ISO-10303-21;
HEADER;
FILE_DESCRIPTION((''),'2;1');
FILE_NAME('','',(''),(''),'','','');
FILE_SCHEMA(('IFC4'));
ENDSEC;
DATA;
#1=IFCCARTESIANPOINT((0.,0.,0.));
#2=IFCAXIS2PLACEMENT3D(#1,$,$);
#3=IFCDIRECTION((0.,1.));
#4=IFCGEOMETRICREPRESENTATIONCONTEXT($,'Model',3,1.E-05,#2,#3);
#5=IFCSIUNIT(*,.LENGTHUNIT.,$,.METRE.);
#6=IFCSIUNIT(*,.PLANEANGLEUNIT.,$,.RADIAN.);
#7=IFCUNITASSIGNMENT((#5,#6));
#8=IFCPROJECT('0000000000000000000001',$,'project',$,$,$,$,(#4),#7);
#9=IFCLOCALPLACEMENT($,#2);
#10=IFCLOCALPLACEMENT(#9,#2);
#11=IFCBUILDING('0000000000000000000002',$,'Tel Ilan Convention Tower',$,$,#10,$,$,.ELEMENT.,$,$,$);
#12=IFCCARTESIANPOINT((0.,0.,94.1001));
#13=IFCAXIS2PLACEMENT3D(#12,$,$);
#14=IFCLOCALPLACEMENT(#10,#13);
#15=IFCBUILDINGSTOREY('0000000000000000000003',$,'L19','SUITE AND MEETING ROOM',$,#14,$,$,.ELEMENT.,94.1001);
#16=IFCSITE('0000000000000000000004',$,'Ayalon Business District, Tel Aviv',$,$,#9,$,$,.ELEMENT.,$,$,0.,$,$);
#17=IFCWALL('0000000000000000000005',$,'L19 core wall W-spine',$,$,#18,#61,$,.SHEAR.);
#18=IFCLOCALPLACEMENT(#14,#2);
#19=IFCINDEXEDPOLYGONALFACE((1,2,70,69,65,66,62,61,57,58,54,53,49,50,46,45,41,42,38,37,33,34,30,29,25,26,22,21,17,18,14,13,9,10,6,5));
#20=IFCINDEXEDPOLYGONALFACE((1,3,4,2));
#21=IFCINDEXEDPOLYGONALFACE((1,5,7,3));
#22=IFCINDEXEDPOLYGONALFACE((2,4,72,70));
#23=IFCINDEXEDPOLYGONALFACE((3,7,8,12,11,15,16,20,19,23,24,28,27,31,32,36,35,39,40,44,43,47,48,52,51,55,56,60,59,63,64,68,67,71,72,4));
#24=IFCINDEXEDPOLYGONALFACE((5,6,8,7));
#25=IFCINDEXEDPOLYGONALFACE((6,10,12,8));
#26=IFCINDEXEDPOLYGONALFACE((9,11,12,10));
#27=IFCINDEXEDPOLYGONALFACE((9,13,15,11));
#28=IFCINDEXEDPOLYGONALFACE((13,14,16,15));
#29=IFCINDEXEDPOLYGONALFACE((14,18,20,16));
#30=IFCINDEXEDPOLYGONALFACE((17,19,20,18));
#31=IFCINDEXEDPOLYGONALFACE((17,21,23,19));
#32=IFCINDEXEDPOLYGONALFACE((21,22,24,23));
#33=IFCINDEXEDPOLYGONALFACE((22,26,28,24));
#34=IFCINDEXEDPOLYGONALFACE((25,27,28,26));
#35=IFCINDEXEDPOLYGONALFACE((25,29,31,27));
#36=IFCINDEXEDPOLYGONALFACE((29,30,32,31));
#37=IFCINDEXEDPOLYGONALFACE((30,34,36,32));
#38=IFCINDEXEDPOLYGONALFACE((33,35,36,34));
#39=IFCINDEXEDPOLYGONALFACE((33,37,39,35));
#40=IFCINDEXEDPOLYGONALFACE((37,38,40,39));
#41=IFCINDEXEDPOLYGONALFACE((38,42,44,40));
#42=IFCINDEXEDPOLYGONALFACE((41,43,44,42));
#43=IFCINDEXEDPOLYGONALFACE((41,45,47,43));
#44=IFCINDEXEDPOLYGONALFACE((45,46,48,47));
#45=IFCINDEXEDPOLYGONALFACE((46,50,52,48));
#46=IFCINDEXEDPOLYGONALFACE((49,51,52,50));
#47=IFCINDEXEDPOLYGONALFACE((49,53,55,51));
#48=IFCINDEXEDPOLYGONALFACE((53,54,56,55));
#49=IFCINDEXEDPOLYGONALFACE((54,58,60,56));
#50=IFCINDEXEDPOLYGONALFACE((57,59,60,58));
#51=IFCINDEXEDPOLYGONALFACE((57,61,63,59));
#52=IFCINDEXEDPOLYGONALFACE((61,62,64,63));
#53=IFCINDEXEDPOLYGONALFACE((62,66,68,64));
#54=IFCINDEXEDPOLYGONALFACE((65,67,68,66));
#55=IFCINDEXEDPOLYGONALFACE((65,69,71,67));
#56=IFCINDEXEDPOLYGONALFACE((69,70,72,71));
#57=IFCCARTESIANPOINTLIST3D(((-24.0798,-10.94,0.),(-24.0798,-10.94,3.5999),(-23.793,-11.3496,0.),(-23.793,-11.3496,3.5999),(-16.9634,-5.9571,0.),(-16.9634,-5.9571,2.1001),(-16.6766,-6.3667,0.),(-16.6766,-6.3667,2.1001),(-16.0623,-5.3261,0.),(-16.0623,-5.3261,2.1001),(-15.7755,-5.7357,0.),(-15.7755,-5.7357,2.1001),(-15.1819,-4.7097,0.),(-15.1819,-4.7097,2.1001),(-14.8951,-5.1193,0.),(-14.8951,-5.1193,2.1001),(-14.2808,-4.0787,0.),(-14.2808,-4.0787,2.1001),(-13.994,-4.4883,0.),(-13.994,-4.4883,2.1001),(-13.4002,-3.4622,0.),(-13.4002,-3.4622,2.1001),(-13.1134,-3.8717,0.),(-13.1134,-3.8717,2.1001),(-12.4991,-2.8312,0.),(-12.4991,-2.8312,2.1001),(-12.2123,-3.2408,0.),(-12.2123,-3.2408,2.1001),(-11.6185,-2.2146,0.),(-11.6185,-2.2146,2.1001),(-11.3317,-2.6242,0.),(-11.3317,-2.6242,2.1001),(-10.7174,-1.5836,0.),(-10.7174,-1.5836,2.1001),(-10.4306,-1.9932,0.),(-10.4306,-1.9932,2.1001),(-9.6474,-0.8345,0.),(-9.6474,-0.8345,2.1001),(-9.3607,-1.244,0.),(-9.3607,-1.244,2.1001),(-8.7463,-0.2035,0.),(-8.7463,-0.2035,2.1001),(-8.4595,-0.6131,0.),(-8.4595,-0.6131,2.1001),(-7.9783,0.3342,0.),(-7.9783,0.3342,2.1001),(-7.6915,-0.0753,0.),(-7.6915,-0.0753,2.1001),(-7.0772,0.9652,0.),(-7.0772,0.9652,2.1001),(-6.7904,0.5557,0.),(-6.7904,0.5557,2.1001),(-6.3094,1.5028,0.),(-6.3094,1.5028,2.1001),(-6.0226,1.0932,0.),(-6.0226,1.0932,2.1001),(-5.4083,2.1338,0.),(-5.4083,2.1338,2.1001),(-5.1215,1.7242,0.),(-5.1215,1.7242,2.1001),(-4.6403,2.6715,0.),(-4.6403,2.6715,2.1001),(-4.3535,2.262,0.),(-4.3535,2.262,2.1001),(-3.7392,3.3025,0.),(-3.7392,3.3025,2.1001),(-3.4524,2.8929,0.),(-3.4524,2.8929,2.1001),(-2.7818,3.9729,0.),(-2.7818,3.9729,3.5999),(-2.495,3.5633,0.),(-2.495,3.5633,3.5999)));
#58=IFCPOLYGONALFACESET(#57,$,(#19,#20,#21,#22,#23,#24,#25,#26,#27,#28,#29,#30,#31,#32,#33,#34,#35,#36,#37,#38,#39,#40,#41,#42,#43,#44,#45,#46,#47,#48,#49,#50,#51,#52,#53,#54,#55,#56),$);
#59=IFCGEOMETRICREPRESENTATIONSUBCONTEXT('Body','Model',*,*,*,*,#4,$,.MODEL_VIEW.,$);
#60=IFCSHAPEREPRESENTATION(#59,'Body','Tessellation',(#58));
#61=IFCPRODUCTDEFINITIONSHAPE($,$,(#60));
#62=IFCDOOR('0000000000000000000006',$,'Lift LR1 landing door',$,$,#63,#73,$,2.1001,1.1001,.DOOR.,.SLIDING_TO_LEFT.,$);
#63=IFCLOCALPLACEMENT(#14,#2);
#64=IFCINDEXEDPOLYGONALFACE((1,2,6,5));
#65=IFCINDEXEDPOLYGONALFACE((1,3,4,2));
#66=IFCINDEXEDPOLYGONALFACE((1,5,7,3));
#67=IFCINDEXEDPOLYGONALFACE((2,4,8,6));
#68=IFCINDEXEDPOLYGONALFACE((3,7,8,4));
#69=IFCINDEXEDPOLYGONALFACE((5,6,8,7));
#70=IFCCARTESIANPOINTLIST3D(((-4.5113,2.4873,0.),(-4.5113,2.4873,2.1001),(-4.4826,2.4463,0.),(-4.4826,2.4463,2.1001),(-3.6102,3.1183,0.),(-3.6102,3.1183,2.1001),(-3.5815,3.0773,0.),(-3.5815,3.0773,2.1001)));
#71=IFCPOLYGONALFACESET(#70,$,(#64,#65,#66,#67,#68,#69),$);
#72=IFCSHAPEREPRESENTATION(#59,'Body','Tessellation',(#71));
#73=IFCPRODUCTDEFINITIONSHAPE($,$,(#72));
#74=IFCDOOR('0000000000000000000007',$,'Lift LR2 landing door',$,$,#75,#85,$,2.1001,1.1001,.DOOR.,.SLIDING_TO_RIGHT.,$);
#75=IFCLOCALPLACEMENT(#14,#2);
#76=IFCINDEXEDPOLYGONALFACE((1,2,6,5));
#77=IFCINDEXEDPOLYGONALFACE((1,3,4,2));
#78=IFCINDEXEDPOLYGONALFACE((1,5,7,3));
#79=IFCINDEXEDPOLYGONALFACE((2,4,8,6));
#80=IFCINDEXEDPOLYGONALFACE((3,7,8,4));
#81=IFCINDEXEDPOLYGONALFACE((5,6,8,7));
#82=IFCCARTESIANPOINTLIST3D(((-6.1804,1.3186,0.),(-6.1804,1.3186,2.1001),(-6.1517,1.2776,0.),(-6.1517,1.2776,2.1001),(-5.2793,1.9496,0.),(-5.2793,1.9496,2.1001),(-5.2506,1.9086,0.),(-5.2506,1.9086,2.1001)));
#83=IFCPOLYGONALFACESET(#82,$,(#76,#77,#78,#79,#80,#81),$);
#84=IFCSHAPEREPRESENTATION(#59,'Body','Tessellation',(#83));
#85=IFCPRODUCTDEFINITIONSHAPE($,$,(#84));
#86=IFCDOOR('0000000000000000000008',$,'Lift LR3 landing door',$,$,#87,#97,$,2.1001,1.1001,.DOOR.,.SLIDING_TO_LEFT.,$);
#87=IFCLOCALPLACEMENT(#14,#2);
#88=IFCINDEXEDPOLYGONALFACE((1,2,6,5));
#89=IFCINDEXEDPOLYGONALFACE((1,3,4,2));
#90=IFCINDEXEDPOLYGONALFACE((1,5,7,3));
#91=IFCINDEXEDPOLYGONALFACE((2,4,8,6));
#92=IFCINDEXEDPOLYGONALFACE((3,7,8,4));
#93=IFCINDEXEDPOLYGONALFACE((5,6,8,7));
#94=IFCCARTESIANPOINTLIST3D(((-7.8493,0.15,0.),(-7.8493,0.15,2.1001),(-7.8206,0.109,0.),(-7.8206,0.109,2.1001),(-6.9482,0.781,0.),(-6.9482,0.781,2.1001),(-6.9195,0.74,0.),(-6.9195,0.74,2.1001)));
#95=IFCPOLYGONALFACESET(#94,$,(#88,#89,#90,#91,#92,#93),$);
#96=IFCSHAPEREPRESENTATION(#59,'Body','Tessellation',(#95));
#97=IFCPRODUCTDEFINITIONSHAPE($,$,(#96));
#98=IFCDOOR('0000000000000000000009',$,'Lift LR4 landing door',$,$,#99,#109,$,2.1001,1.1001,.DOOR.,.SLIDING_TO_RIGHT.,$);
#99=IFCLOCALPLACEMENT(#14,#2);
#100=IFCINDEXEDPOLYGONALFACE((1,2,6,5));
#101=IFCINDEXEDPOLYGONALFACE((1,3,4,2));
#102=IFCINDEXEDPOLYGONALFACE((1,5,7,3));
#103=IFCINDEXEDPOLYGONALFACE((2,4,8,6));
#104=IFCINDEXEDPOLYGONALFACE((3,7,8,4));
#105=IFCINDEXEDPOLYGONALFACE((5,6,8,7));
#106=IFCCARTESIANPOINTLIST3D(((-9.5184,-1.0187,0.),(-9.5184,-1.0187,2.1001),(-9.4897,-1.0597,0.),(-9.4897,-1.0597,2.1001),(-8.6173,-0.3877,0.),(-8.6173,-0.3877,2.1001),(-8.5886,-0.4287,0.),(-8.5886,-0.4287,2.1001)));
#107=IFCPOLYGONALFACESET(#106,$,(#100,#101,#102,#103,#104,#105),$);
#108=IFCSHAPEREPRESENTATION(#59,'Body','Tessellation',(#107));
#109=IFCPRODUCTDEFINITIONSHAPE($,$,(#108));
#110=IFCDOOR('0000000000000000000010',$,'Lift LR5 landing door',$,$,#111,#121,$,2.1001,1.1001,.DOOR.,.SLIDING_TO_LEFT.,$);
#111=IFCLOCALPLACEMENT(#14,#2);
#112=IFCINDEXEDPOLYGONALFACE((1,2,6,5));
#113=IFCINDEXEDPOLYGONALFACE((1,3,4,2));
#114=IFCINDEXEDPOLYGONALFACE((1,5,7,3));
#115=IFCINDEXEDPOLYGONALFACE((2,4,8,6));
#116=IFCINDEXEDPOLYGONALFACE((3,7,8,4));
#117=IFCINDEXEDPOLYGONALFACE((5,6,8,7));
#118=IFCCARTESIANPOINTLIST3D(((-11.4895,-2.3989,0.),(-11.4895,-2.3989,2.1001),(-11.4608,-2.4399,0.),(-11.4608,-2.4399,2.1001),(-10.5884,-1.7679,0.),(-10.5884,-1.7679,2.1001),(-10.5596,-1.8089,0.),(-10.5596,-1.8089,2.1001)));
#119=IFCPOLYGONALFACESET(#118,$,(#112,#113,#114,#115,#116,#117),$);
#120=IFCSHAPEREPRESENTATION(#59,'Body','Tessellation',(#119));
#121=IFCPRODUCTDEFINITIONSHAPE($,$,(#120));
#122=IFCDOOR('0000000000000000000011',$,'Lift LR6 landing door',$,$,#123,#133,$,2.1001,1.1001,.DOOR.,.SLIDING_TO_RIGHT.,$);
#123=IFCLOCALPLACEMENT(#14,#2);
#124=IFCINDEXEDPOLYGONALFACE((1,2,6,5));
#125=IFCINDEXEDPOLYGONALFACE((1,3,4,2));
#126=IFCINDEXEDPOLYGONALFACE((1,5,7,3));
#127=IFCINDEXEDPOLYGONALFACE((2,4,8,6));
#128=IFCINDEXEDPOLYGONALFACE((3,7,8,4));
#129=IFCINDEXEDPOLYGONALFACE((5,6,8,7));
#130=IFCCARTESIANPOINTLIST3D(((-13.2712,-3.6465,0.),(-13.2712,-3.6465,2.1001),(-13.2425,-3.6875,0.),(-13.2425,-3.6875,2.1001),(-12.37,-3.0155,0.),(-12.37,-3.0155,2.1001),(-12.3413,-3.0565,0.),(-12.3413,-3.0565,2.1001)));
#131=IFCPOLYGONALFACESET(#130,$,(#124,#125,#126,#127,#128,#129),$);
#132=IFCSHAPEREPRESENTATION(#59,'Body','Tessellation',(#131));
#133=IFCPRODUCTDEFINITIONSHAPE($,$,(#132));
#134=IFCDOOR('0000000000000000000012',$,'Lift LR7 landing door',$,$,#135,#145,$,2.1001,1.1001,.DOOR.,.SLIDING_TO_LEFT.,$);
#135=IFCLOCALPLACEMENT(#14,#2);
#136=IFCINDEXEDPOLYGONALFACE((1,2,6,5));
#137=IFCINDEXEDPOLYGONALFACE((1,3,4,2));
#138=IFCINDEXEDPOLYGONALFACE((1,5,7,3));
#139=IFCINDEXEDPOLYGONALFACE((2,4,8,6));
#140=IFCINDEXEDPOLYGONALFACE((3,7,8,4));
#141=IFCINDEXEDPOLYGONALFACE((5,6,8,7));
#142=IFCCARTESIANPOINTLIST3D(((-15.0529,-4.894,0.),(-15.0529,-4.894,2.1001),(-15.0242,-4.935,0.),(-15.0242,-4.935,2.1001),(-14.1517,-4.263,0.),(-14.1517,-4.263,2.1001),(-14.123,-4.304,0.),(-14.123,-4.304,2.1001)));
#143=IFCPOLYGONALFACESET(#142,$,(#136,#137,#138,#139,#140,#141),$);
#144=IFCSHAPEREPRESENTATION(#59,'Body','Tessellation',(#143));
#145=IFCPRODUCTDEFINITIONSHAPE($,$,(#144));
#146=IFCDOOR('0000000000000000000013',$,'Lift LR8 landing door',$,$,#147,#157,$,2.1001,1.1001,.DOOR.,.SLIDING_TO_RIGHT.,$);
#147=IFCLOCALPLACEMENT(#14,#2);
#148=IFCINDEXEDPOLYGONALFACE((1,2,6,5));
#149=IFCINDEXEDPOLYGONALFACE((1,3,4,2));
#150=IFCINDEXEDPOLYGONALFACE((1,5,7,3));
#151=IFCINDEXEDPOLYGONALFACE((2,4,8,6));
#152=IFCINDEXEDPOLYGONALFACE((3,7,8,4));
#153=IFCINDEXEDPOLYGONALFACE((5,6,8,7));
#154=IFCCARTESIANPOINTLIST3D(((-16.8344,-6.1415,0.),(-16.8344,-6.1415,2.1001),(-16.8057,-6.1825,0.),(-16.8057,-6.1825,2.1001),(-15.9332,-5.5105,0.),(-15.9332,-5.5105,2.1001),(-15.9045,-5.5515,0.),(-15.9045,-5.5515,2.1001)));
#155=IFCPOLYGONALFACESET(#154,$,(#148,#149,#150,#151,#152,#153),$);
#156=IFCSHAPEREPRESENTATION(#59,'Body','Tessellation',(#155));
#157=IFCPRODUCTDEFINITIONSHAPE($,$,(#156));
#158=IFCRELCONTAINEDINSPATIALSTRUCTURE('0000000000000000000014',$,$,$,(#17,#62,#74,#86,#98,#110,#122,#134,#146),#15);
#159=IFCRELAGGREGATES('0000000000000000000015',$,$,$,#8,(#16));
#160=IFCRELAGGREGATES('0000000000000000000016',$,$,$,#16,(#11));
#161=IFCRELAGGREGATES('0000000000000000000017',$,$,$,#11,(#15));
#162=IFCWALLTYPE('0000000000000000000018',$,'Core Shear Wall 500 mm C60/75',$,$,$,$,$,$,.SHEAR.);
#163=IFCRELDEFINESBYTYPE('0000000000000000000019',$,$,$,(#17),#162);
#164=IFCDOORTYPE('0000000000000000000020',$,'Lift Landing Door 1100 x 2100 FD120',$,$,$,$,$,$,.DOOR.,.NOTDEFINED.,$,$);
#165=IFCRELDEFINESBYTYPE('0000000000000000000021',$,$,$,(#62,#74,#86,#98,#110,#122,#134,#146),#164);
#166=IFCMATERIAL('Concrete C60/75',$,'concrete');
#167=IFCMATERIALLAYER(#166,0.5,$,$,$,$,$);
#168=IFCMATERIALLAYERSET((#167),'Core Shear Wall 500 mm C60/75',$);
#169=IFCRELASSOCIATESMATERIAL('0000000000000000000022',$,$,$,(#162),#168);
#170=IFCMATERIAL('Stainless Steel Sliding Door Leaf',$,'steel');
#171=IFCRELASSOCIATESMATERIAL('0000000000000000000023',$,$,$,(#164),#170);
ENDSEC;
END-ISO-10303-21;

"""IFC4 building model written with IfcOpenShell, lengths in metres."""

from ifc_helpers import new_model, si_unit, direction, frame, frame_2d, origin, place, context, subcontext, project, spatial, polyline, rectangle, outline, extrude, material, layer, layer_set, type_object, element, fill, save


model = new_model("IFC4")

# Units and contexts
model_context = context("Model", 3, precision=1e-05, world=origin(), true_north=direction((0.0, 1.0)))
body_context = subcontext(model_context, "Body", "Model", "MODEL_VIEW")
ifc_project = project(units=[si_unit("LENGTHUNIT", "METRE"), si_unit("PLANEANGLEUNIT", "RADIAN")], contexts=[model_context])

# Site, building, storey
site_placement = place(None, origin())
site = spatial("IfcSite", under=ifc_project, at=site_placement, Name="Ayalon Business District, Tel Aviv", CompositionType="ELEMENT", RefElevation=0.0)
building_placement = place(site_placement, origin())
building = spatial("IfcBuilding", under=site, at=building_placement, Name="Tel Ilan Convention Tower", CompositionType="ELEMENT")
storey_placement = place(building_placement, frame((0.0, 0.0, 94.1001)))
storey = spatial("IfcBuildingStorey", under=building, at=storey_placement, Name="L19", Description="SUITE AND MEETING ROOM", CompositionType="ELEMENT", Elevation=94.1001)

# Wall, openings, doors
ifc_material_1 = material(Name="Concrete C60/75", Category="concrete")
ifc_layer_1 = layer(ifc_material_1, 0.5)
ifc_layer_set_1 = layer_set([ifc_layer_1], Name="Core Shear Wall 500 mm C60/75")
wall_type_1 = type_object("IfcWallType", Name="Core Shear Wall 500 mm C60/75", PredefinedType="SHEAR", material=ifc_layer_set_1)
wall_1_placement = place(storey_placement, frame((-2.6384, 3.7681, 0.0), z_axis=(0.0, 0.0, 1.0), x_axis=(-0.819149, -0.573581, 0.0)))
wall_1 = element("IfcWall", 1, at=wall_1_placement, inside=storey, type_object=wall_type_1, Name="L19 core wall W-spine", PredefinedType="SHEAR", context=body_context, shape_type="SweptSolid", body=[
    extrude(outline(polyline([(26.0, 0.2498), (0.0, 0.25), (0.0, -0.25), (26.0, -0.2502), (26.0, 0.2498)])), origin(), (0.0, 0.0, 1.0), 3.5999),
])
opening_1_placement = place(wall_1_placement, frame((1.1687, 0.0, 0.0)))
opening_1 = element("IfcOpeningElement", 2, at=opening_1_placement, cuts=wall_1, PredefinedType="OPENING", context=body_context, shape_type="SweptSolid", body=[
    extrude(rectangle(XDim=1.1001, YDim=2.1001, at=frame_2d((0.55, 1.05))), frame((0.0, 0.26, 0.0), z_axis=(0.0, -1.0, 0.0), x_axis=(1.0, 0.0, 0.0)), (0.0, 0.0, 1.0), 0.52),
])
opening_2_placement = place(wall_1_placement, frame((3.2063, 0.0, 0.0)))
opening_2 = element("IfcOpeningElement", 3, at=opening_2_placement, cuts=wall_1, PredefinedType="OPENING", context=body_context, shape_type="SweptSolid", body=[
    extrude(rectangle(XDim=1.1001, YDim=2.1001, at=frame_2d((0.55, 1.05))), frame((0.0, 0.26, 0.0), z_axis=(0.0, -1.0, 0.0), x_axis=(1.0, 0.0, 0.0)), (0.0, 0.0, 1.0), 0.52),
])
opening_3_placement = place(wall_1_placement, frame((5.2437, 0.0, 0.0)))
opening_3 = element("IfcOpeningElement", 4, at=opening_3_placement, cuts=wall_1, PredefinedType="OPENING", context=body_context, shape_type="SweptSolid", body=[
    extrude(rectangle(XDim=1.1001, YDim=2.1001, at=frame_2d((0.55, 1.05))), frame((0.0, 0.26, 0.0), z_axis=(0.0, -1.0, 0.0), x_axis=(1.0, 0.0, 0.0)), (0.0, 0.0, 1.0), 0.52),
])
opening_4_placement = place(wall_1_placement, frame((7.2812, 0.0, 0.0)))
opening_4 = element("IfcOpeningElement", 5, at=opening_4_placement, cuts=wall_1, PredefinedType="OPENING", context=body_context, shape_type="SweptSolid", body=[
    extrude(rectangle(XDim=1.1001, YDim=2.1001, at=frame_2d((0.55, 1.05))), frame((0.0, 0.26, 0.0), z_axis=(0.0, -1.0, 0.0), x_axis=(1.0, 0.0, 0.0)), (0.0, 0.0, 1.0), 0.52),
])
opening_5_placement = place(wall_1_placement, frame((9.6875, 0.0, 0.0)))
opening_5 = element("IfcOpeningElement", 6, at=opening_5_placement, cuts=wall_1, PredefinedType="OPENING", context=body_context, shape_type="SweptSolid", body=[
    extrude(rectangle(XDim=1.1001, YDim=2.1001, at=frame_2d((0.55, 1.05))), frame((0.0, 0.26, 0.0), z_axis=(0.0, -1.0, 0.0), x_axis=(1.0, 0.0, 0.0)), (0.0, 0.0, 1.0), 0.52),
])
opening_6_placement = place(wall_1_placement, frame((11.8625, 0.0, 0.0)))
opening_6 = element("IfcOpeningElement", 7, at=opening_6_placement, cuts=wall_1, PredefinedType="OPENING", context=body_context, shape_type="SweptSolid", body=[
    extrude(rectangle(XDim=1.1001, YDim=2.1001, at=frame_2d((0.55, 1.05))), frame((0.0, 0.26, 0.0), z_axis=(0.0, -1.0, 0.0), x_axis=(1.0, 0.0, 0.0)), (0.0, 0.0, 1.0), 0.52),
])
opening_7_placement = place(wall_1_placement, frame((14.0376, 0.0, 0.0)))
opening_7 = element("IfcOpeningElement", 8, at=opening_7_placement, cuts=wall_1, PredefinedType="OPENING", context=body_context, shape_type="SweptSolid", body=[
    extrude(rectangle(XDim=1.1001, YDim=2.1001, at=frame_2d((0.55, 1.05))), frame((0.0, 0.26, 0.0), z_axis=(0.0, -1.0, 0.0), x_axis=(1.0, 0.0, 0.0)), (0.0, 0.0, 1.0), 0.52),
])
opening_8_placement = place(wall_1_placement, frame((16.2124, 0.0, 0.0)))
opening_8 = element("IfcOpeningElement", 9, at=opening_8_placement, cuts=wall_1, PredefinedType="OPENING", context=body_context, shape_type="SweptSolid", body=[
    extrude(rectangle(XDim=1.1001, YDim=2.1001, at=frame_2d((0.55, 1.05))), frame((0.0, 0.26, 0.0), z_axis=(0.0, -1.0, 0.0), x_axis=(1.0, 0.0, 0.0)), (0.0, 0.0, 1.0), 0.52),
])
ifc_material_2 = material(Name="Stainless Steel Sliding Door Leaf", Category="steel")
door_type = type_object("IfcDoorType", Name="Lift Landing Door 1100 x 2100 FD120", OperationType="NOTDEFINED", PredefinedType="DOOR", material=ifc_material_2)
door_1_placement = place(opening_1_placement, origin())
door_1 = element("IfcDoor", 10, at=door_1_placement, inside=storey, type_object=door_type, Name="Lift LR1 landing door", OperationType="SLIDING_TO_LEFT", OverallHeight=2.1001, OverallWidth=1.1001, PredefinedType="DOOR", context=body_context, shape_type="SweptSolid", body=[
    extrude(rectangle(XDim=1.1001, YDim=2.1001, at=frame_2d((0.55, 1.05))), frame((0.0, 0.0249, 0.0), z_axis=(0.0, -1.0, 0.0), x_axis=(1.0, 0.0, 0.0)), (0.0, 0.0, 1.0), 0.05),
])
fill(opening_1, door_1)
door_2_placement = place(opening_2_placement, origin())
door_2 = element("IfcDoor", 11, at=door_2_placement, inside=storey, type_object=door_type, Name="Lift LR2 landing door", OperationType="SLIDING_TO_RIGHT", OverallHeight=2.1001, OverallWidth=1.1001, PredefinedType="DOOR", context=body_context, shape_type="SweptSolid", body=[
    extrude(rectangle(XDim=1.1001, YDim=2.1001, at=frame_2d((0.55, 1.05))), frame((0.0, 0.0249, 0.0), z_axis=(0.0, -1.0, 0.0), x_axis=(1.0, 0.0, 0.0)), (0.0, 0.0, 1.0), 0.05),
])
fill(opening_2, door_2)
door_3_placement = place(opening_3_placement, origin())
door_3 = element("IfcDoor", 12, at=door_3_placement, inside=storey, type_object=door_type, Name="Lift LR3 landing door", OperationType="SLIDING_TO_LEFT", OverallHeight=2.1001, OverallWidth=1.1001, PredefinedType="DOOR", context=body_context, shape_type="SweptSolid", body=[
    extrude(rectangle(XDim=1.1001, YDim=2.1001, at=frame_2d((0.55, 1.05))), frame((0.0, 0.0249, 0.0), z_axis=(0.0, -1.0, 0.0), x_axis=(1.0, 0.0, 0.0)), (0.0, 0.0, 1.0), 0.05),
])
fill(opening_3, door_3)
door_4_placement = place(opening_4_placement, origin())
door_4 = element("IfcDoor", 13, at=door_4_placement, inside=storey, type_object=door_type, Name="Lift LR4 landing door", OperationType="SLIDING_TO_RIGHT", OverallHeight=2.1001, OverallWidth=1.1001, PredefinedType="DOOR", context=body_context, shape_type="SweptSolid", body=[
    extrude(rectangle(XDim=1.1001, YDim=2.1001, at=frame_2d((0.55, 1.05))), frame((0.0, 0.0249, 0.0), z_axis=(0.0, -1.0, 0.0), x_axis=(1.0, 0.0, 0.0)), (0.0, 0.0, 1.0), 0.05),
])
fill(opening_4, door_4)
door_5_placement = place(opening_5_placement, origin())
door_5 = element("IfcDoor", 14, at=door_5_placement, inside=storey, type_object=door_type, Name="Lift LR5 landing door", OperationType="SLIDING_TO_LEFT", OverallHeight=2.1001, OverallWidth=1.1001, PredefinedType="DOOR", context=body_context, shape_type="SweptSolid", body=[
    extrude(rectangle(XDim=1.1001, YDim=2.1001, at=frame_2d((0.55, 1.05))), frame((0.0, 0.0249, 0.0), z_axis=(0.0, -1.0, 0.0), x_axis=(1.0, 0.0, 0.0)), (0.0, 0.0, 1.0), 0.05),
])
fill(opening_5, door_5)
door_6_placement = place(opening_6_placement, origin())
door_6 = element("IfcDoor", 15, at=door_6_placement, inside=storey, type_object=door_type, Name="Lift LR6 landing door", OperationType="SLIDING_TO_RIGHT", OverallHeight=2.1001, OverallWidth=1.1001, PredefinedType="DOOR", context=body_context, shape_type="SweptSolid", body=[
    extrude(rectangle(XDim=1.1001, YDim=2.1001, at=frame_2d((0.55, 1.05))), frame((0.0, 0.0249, 0.0), z_axis=(0.0, -1.0, 0.0), x_axis=(1.0, 0.0, 0.0)), (0.0, 0.0, 1.0), 0.05),
])
fill(opening_6, door_6)
door_7_placement = place(opening_7_placement, origin())
door_7 = element("IfcDoor", 16, at=door_7_placement, inside=storey, type_object=door_type, Name="Lift LR7 landing door", OperationType="SLIDING_TO_LEFT", OverallHeight=2.1001, OverallWidth=1.1001, PredefinedType="DOOR", context=body_context, shape_type="SweptSolid", body=[
    extrude(rectangle(XDim=1.1001, YDim=2.1001, at=frame_2d((0.55, 1.05))), frame((0.0, 0.0249, 0.0), z_axis=(0.0, -1.0, 0.0), x_axis=(1.0, 0.0, 0.0)), (0.0, 0.0, 1.0), 0.05),
])
fill(opening_7, door_7)
door_8_placement = place(opening_8_placement, origin())
door_8 = element("IfcDoor", 17, at=door_8_placement, inside=storey, type_object=door_type, Name="Lift LR8 landing door", OperationType="SLIDING_TO_RIGHT", OverallHeight=2.1001, OverallWidth=1.1001, PredefinedType="DOOR", context=body_context, shape_type="SweptSolid", body=[
    extrude(rectangle(XDim=1.1001, YDim=2.1001, at=frame_2d((0.55, 1.05))), frame((0.0, 0.0249, 0.0), z_axis=(0.0, -1.0, 0.0), x_axis=(1.0, 0.0, 0.0)), (0.0, 0.0, 1.0), 0.05),
])
fill(opening_8, door_8)

save(model, "model.ifc")
